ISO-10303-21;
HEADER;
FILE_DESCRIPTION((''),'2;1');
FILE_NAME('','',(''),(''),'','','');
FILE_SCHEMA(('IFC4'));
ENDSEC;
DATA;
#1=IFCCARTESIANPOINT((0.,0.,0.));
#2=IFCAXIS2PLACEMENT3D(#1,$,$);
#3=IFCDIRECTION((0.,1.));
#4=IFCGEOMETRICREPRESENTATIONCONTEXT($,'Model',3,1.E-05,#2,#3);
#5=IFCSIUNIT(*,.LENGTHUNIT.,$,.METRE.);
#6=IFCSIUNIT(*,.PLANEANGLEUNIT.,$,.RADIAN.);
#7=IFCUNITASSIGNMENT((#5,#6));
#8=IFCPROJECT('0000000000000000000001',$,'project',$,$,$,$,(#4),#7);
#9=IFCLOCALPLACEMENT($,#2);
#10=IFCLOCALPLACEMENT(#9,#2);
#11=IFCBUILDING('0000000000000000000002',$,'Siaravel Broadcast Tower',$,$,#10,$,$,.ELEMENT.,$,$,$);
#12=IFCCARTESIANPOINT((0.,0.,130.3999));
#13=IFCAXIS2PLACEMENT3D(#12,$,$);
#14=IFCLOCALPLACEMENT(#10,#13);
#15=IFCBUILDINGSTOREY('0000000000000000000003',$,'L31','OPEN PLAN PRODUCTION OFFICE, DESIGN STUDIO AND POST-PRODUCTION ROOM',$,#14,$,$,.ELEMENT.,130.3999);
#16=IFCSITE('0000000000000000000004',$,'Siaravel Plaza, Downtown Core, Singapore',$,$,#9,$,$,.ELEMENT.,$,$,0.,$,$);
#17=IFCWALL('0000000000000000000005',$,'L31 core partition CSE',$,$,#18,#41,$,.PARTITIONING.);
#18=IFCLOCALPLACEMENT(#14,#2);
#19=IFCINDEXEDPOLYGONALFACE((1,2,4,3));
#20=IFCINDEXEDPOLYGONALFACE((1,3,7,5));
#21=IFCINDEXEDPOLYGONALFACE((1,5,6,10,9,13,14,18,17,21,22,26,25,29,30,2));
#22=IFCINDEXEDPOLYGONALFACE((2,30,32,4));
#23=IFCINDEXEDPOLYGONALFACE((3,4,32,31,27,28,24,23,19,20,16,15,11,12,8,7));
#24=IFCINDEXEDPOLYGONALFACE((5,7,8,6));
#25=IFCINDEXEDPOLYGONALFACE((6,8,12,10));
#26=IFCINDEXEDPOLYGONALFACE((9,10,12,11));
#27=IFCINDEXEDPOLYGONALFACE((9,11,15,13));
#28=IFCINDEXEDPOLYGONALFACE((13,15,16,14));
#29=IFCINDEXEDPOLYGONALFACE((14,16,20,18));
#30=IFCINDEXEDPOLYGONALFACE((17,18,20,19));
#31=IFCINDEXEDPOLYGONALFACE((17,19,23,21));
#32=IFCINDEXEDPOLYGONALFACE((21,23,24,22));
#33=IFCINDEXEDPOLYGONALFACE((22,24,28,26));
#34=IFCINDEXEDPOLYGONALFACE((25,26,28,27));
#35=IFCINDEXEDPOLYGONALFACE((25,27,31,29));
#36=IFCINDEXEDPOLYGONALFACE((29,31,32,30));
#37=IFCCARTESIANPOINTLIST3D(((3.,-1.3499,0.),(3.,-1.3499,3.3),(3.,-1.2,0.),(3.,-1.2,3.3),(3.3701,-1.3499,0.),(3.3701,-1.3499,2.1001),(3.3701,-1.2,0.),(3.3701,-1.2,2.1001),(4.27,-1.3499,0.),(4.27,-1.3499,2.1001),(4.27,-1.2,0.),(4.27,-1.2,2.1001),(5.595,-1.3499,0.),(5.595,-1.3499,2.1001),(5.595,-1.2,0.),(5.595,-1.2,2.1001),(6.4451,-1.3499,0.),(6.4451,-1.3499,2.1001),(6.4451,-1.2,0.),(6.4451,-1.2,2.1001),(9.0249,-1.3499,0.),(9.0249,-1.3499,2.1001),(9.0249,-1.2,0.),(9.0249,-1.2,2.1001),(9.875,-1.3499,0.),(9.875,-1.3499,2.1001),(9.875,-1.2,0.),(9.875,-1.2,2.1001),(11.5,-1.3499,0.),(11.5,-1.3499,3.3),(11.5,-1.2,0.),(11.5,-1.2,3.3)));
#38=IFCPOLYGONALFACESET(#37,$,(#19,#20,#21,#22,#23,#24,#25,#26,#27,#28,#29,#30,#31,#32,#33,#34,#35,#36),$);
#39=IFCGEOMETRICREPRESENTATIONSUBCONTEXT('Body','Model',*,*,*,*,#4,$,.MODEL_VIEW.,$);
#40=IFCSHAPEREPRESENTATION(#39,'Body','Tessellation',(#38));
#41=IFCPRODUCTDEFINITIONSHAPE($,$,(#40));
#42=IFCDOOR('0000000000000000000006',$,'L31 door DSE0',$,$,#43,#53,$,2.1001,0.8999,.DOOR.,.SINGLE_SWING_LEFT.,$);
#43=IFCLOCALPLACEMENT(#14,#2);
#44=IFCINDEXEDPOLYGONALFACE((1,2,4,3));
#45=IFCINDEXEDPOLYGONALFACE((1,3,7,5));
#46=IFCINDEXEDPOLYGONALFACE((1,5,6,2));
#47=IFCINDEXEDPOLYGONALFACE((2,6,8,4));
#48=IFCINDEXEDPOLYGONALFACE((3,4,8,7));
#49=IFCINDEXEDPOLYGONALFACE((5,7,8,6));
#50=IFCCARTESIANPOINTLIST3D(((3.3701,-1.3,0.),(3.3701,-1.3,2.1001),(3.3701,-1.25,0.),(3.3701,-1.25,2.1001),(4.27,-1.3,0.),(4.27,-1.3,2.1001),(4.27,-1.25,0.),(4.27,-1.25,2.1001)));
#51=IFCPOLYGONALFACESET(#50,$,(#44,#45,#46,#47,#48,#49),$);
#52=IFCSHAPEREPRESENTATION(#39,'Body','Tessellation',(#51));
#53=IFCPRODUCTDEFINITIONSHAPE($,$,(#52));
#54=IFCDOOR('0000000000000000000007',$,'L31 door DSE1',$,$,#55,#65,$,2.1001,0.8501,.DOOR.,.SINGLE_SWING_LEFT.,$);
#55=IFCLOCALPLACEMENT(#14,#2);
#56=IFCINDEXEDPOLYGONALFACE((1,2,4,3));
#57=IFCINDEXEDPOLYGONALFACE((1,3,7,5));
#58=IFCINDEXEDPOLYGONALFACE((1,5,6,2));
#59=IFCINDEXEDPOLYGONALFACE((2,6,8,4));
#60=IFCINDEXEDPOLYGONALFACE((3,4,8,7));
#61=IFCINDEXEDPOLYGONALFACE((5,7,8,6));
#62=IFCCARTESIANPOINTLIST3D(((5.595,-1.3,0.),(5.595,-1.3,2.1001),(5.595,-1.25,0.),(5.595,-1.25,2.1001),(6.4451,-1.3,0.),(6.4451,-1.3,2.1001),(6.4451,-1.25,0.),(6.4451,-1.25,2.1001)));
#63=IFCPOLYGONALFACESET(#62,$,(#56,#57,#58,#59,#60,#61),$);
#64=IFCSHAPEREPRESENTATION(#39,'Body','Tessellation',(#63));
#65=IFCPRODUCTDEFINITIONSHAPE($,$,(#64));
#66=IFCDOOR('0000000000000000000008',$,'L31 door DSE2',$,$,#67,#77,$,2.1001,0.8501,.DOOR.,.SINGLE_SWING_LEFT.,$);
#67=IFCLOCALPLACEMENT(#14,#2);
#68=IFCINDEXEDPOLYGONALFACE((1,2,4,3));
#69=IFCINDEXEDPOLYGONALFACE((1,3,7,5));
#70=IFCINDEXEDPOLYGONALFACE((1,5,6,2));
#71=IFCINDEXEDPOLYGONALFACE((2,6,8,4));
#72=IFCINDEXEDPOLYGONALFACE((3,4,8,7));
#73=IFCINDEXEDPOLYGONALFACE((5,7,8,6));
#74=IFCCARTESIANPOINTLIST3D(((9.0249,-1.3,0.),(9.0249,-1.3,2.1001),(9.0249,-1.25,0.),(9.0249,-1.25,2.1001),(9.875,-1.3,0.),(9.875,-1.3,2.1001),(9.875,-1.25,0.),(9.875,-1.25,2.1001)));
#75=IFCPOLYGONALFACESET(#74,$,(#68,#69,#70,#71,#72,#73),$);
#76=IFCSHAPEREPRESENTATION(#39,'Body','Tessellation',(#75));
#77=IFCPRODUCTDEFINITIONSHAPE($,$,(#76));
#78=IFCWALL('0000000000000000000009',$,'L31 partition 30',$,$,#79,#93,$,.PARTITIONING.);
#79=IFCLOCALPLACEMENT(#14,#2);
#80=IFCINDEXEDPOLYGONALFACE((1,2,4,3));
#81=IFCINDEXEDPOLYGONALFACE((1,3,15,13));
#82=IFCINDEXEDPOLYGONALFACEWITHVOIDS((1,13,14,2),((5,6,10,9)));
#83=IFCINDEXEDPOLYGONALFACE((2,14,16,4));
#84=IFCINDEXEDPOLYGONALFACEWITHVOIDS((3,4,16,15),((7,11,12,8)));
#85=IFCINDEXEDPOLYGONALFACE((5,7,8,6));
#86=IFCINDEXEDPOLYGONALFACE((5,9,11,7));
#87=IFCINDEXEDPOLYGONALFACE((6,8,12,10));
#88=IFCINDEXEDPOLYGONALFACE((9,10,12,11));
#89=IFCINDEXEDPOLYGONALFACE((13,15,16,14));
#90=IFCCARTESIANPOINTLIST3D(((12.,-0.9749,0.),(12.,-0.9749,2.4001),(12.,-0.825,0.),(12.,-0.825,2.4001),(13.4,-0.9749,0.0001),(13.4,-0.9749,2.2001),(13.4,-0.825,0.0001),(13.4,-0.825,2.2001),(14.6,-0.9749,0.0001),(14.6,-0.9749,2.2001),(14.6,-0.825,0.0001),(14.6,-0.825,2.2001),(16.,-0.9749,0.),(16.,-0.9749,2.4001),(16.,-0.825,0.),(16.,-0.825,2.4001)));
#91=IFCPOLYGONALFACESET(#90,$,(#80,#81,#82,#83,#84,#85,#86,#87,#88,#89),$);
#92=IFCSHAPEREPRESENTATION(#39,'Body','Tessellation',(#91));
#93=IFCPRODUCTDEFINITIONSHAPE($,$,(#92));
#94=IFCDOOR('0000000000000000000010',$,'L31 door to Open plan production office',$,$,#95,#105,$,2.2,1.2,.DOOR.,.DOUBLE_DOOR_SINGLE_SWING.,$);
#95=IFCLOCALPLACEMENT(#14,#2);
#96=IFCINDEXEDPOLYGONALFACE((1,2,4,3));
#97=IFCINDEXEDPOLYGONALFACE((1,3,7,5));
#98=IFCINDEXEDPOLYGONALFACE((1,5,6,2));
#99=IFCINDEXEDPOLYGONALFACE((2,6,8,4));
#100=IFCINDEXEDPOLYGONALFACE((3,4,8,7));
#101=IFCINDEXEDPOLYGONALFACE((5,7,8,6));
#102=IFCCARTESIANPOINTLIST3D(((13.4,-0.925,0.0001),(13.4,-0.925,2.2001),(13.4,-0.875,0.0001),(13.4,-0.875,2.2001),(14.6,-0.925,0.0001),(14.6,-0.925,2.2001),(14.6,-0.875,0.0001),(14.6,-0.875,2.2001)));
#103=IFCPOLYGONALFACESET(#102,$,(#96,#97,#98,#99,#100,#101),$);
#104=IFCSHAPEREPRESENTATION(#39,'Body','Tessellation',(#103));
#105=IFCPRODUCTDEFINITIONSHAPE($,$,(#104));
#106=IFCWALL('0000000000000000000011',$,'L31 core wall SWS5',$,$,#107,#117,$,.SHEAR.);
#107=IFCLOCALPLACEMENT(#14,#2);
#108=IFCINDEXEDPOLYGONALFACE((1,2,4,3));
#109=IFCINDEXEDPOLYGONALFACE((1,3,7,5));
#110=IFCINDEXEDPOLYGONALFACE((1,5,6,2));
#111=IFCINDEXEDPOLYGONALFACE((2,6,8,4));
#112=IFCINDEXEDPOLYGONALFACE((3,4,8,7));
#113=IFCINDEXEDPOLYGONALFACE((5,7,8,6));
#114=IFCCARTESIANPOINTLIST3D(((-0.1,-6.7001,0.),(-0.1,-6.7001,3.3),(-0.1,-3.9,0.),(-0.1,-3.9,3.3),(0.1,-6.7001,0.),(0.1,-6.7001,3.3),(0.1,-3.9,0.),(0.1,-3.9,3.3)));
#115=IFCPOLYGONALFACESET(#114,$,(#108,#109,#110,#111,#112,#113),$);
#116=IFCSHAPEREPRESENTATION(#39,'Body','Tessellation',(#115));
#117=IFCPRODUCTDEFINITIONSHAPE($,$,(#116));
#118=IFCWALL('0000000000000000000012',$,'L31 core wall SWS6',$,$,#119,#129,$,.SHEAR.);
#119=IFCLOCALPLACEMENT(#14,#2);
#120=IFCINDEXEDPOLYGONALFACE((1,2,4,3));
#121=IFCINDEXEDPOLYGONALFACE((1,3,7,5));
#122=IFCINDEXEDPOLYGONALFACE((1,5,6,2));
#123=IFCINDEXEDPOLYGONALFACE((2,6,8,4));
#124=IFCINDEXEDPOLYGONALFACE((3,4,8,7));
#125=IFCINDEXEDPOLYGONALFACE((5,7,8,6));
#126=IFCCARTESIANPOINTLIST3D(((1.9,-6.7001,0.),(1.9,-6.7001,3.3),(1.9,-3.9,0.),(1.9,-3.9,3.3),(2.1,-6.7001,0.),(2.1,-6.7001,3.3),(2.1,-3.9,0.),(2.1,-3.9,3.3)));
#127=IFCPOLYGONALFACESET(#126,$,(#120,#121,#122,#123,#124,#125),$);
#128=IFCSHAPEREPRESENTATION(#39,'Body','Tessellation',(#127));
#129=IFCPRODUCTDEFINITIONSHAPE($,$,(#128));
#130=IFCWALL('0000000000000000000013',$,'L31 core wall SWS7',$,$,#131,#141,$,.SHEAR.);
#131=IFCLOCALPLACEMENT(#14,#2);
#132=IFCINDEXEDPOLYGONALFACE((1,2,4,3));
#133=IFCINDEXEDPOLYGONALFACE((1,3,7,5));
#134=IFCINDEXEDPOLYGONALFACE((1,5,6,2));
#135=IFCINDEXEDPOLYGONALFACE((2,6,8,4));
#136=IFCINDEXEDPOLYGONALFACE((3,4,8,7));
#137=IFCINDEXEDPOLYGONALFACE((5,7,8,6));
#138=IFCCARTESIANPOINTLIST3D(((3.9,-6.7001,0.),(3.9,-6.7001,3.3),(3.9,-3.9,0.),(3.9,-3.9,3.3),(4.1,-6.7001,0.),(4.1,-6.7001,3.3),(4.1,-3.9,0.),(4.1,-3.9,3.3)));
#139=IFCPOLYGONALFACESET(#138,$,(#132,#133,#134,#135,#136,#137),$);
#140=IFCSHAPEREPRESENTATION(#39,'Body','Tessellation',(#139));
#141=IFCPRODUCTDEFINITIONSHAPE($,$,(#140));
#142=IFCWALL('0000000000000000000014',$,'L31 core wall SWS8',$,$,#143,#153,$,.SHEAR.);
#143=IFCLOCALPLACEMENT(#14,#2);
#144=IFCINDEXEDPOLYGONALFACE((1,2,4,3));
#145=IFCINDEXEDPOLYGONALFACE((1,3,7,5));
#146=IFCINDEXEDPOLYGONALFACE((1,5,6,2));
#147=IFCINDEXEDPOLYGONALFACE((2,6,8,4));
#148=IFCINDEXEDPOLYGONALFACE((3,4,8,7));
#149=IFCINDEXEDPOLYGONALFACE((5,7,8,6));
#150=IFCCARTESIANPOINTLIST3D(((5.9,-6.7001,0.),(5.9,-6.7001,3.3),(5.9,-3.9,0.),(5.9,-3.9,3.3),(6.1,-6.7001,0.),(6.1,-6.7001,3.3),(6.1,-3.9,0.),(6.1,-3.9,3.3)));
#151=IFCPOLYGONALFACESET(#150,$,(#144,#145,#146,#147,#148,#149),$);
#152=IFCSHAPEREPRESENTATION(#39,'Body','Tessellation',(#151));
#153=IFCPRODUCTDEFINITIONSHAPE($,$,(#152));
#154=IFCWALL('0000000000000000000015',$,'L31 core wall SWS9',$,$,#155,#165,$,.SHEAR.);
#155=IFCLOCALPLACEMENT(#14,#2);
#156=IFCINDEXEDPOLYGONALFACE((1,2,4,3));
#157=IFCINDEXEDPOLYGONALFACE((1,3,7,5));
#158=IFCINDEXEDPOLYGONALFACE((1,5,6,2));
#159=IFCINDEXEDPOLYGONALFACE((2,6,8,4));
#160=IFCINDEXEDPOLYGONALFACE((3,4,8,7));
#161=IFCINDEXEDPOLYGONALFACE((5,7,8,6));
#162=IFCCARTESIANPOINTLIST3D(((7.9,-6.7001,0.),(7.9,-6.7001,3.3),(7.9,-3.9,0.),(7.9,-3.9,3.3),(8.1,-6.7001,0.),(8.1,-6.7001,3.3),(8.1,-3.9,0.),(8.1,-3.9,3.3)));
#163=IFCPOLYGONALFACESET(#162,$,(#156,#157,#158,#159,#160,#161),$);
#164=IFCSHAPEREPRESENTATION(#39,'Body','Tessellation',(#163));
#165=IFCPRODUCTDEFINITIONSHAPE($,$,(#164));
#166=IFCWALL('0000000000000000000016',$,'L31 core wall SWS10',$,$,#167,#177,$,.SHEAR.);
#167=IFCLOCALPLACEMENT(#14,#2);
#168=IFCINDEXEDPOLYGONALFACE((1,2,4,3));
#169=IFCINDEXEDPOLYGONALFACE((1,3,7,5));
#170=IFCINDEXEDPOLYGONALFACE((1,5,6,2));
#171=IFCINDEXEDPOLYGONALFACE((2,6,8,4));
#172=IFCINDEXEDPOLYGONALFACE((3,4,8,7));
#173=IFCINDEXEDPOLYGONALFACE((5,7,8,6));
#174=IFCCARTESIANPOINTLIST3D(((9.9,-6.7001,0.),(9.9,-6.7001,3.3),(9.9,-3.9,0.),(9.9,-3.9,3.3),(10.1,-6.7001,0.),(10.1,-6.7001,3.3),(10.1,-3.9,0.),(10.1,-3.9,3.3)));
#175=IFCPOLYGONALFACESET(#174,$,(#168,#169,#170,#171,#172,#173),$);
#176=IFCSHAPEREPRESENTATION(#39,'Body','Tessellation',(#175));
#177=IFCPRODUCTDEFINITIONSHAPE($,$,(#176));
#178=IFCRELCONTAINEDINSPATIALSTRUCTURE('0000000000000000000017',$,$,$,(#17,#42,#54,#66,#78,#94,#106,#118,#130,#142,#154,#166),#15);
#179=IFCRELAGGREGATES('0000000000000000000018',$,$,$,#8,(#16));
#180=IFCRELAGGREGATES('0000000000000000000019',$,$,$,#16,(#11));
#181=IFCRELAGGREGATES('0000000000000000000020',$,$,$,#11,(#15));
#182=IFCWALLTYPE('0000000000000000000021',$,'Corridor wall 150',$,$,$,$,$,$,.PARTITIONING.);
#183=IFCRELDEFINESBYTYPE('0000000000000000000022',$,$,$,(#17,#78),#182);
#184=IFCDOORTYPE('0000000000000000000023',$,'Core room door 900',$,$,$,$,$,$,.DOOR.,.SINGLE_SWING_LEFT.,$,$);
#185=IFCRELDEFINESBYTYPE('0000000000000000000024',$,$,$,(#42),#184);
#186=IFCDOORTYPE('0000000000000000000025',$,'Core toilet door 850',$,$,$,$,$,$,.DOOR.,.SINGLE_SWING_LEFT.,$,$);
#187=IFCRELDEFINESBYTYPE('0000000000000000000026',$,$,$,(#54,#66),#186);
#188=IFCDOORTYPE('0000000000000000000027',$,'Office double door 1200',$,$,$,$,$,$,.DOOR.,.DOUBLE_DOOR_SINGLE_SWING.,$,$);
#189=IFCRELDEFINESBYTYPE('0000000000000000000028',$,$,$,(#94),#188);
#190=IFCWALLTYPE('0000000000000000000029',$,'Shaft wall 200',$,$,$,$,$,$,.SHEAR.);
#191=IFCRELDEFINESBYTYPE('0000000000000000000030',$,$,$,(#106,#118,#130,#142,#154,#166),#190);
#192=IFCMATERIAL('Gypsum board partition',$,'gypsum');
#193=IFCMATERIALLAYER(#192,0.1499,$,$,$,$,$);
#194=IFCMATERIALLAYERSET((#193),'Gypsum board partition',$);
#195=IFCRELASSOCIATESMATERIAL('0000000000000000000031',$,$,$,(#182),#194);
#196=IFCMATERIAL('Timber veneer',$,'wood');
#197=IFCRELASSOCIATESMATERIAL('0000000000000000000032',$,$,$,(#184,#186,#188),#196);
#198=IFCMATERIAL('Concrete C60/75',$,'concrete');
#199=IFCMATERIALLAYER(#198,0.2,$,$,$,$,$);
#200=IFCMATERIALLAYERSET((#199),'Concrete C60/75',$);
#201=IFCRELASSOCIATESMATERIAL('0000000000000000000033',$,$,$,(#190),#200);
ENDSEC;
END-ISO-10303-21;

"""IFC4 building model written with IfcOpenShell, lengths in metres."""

from ifc_helpers import new_model, si_unit, direction, frame, frame_2d, origin, place, context, subcontext, project, spatial, rectangle, extrude, material, layer, layer_set, type_object, element, fill, save


model = new_model("IFC4")

# Units and contexts
model_context = context("Model", 3, precision=1e-05, world=origin(), true_north=direction((0.0, 1.0)))
body_context = subcontext(model_context, "Body", "Model", "MODEL_VIEW")
ifc_project = project(units=[si_unit("LENGTHUNIT", "METRE"), si_unit("PLANEANGLEUNIT", "RADIAN")], contexts=[model_context])

# Site, building, storey
site_placement = place(None, origin())
site = spatial("IfcSite", under=ifc_project, at=site_placement, Name="Siaravel Plaza, Downtown Core, Singapore", CompositionType="ELEMENT", RefElevation=0.0)
building_placement = place(site_placement, origin())
building = spatial("IfcBuilding", under=site, at=building_placement, Name="Siaravel Broadcast Tower", CompositionType="ELEMENT")
storey_placement = place(building_placement, frame((0.0, 0.0, 130.3999)))
storey = spatial("IfcBuildingStorey", under=building, at=storey_placement, Name="L31", Description="OPEN PLAN PRODUCTION OFFICE, DESIGN STUDIO AND POST-PRODUCTION ROOM", CompositionType="ELEMENT", Elevation=130.3999)

# Wall, openings, doors
ifc_material_1 = material(Name="Gypsum board partition", Category="gypsum")
ifc_layer_1 = layer(ifc_material_1, 0.1499)
ifc_layer_set_1 = layer_set([ifc_layer_1], Name="Gypsum board partition")
wall_type_1 = type_object("IfcWallType", Name="Corridor wall 150", PredefinedType="PARTITIONING", material=ifc_layer_set_1)
wall_1_placement = place(storey_placement, frame((3.0, -1.2749, 0.0), z_axis=(0.0, 0.0, 1.0), x_axis=(1.0, 0.0, 0.0)))
wall_1 = element("IfcWall", 1, at=wall_1_placement, inside=storey, type_object=wall_type_1, Name="L31 core partition CSE", PredefinedType="PARTITIONING", context=body_context, shape_type="SweptSolid", body=[
    extrude(rectangle(XDim=8.5, YDim=0.1499, at=frame_2d((4.25, 0.0))), origin(), (0.0, 0.0, 1.0), 3.3),
])
opening_1_placement = place(wall_1_placement, frame((0.3701, 0.0, 0.0)))
opening_1 = element("IfcOpeningElement", 2, at=opening_1_placement, cuts=wall_1, PredefinedType="OPENING", context=body_context, shape_type="SweptSolid", body=[
    extrude(rectangle(XDim=0.8999, YDim=2.1001, at=frame_2d((0.45, 1.05))), frame((0.0, 0.085, 0.0), z_axis=(0.0, -1.0, 0.0), x_axis=(1.0, 0.0, 0.0)), (0.0, 0.0, 1.0), 0.1699),
])
opening_2_placement = place(wall_1_placement, frame((2.595, 0.0, 0.0)))
opening_2 = element("IfcOpeningElement", 3, at=opening_2_placement, cuts=wall_1, PredefinedType="OPENING", context=body_context, shape_type="SweptSolid", body=[
    extrude(rectangle(XDim=0.8501, YDim=2.1001, at=frame_2d((0.425, 1.05))), frame((0.0, 0.085, 0.0), z_axis=(0.0, -1.0, 0.0), x_axis=(1.0, 0.0, 0.0)), (0.0, 0.0, 1.0), 0.1699),
])
opening_3_placement = place(wall_1_placement, frame((6.0249, 0.0, 0.0)))
opening_3 = element("IfcOpeningElement", 4, at=opening_3_placement, cuts=wall_1, PredefinedType="OPENING", context=body_context, shape_type="SweptSolid", body=[
    extrude(rectangle(XDim=0.8501, YDim=2.1001, at=frame_2d((0.425, 1.05))), frame((0.0, 0.085, 0.0), z_axis=(0.0, -1.0, 0.0), x_axis=(1.0, 0.0, 0.0)), (0.0, 0.0, 1.0), 0.1699),
])
ifc_material_2 = material(Name="Timber veneer", Category="wood")
door_type_1 = type_object("IfcDoorType", Name="Core room door 900", OperationType="SINGLE_SWING_LEFT", PredefinedType="DOOR", material=ifc_material_2)
door_1_placement = place(opening_1_placement, origin())
door_1 = element("IfcDoor", 5, at=door_1_placement, inside=storey, type_object=door_type_1, Name="L31 door DSE0", OperationType="SINGLE_SWING_LEFT", OverallHeight=2.1001, OverallWidth=0.8999, PredefinedType="DOOR", context=body_context, shape_type="SweptSolid", body=[
    extrude(rectangle(XDim=0.8999, YDim=2.1001, at=frame_2d((0.45, 1.05))), frame((0.0, 0.0249, 0.0), z_axis=(0.0, -1.0, 0.0), x_axis=(1.0, 0.0, 0.0)), (0.0, 0.0, 1.0), 0.05),
])
fill(opening_1, door_1)
door_type_2 = type_object("IfcDoorType", Name="Core toilet door 850", OperationType="SINGLE_SWING_LEFT", PredefinedType="DOOR", material=ifc_material_2)
door_2_placement = place(opening_2_placement, origin())
door_2 = element("IfcDoor", 6, at=door_2_placement, inside=storey, type_object=door_type_2, Name="L31 door DSE1", OperationType="SINGLE_SWING_LEFT", OverallHeight=2.1001, OverallWidth=0.8501, PredefinedType="DOOR", context=body_context, shape_type="SweptSolid", body=[
    extrude(rectangle(XDim=0.8501, YDim=2.1001, at=frame_2d((0.425, 1.05))), frame((0.0, 0.0249, 0.0), z_axis=(0.0, -1.0, 0.0), x_axis=(1.0, 0.0, 0.0)), (0.0, 0.0, 1.0), 0.05),
])
fill(opening_2, door_2)
door_3_placement = place(opening_3_placement, origin())
door_3 = element("IfcDoor", 7, at=door_3_placement, inside=storey, type_object=door_type_2, Name="L31 door DSE2", OperationType="SINGLE_SWING_LEFT", OverallHeight=2.1001, OverallWidth=0.8501, PredefinedType="DOOR", context=body_context, shape_type="SweptSolid", body=[
    extrude(rectangle(XDim=0.8501, YDim=2.1001, at=frame_2d((0.425, 1.05))), frame((0.0, 0.0249, 0.0), z_axis=(0.0, -1.0, 0.0), x_axis=(1.0, 0.0, 0.0)), (0.0, 0.0, 1.0), 0.05),
])
fill(opening_3, door_3)

# Wall, opening, door
wall_2_placement = place(storey_placement, frame((12.0, -0.8999, 0.0), z_axis=(0.0, 0.0, 1.0), x_axis=(1.0, 0.0, 0.0)))
wall_2 = element("IfcWall", 8, at=wall_2_placement, inside=storey, type_object=wall_type_1, Name="L31 partition 30", PredefinedType="PARTITIONING", context=body_context, shape_type="SweptSolid", body=[
    extrude(rectangle(XDim=4.0, YDim=0.1499, at=frame_2d((2.0, 0.0))), origin(), (0.0, 0.0, 1.0), 2.4001),
])
opening_4_placement = place(wall_2_placement, frame((1.3999, 0.0, 0.0)))
opening_4 = element("IfcOpeningElement", 9, at=opening_4_placement, cuts=wall_2, PredefinedType="OPENING", context=body_context, shape_type="SweptSolid", body=[
    extrude(rectangle(XDim=1.2, YDim=2.2, at=frame_2d((0.6001, 1.1001))), frame((0.0, 0.085, 0.0), z_axis=(0.0, -1.0, 0.0), x_axis=(1.0, 0.0, 0.0)), (0.0, 0.0, 1.0), 0.1699),
])
door_type_3 = type_object("IfcDoorType", Name="Office double door 1200", OperationType="DOUBLE_DOOR_SINGLE_SWING", PredefinedType="DOOR", material=ifc_material_2)
door_4_placement = place(opening_4_placement, origin())
door_4 = element("IfcDoor", 10, at=door_4_placement, inside=storey, type_object=door_type_3, Name="L31 door to Open plan production office", OperationType="DOUBLE_DOOR_SINGLE_SWING", OverallHeight=2.2, OverallWidth=1.2, PredefinedType="DOOR", context=body_context, shape_type="SweptSolid", body=[
    extrude(rectangle(XDim=1.2, YDim=2.2, at=frame_2d((0.6001, 1.1001))), frame((0.0, 0.0249, 0.0), z_axis=(0.0, -1.0, 0.0), x_axis=(1.0, 0.0, 0.0)), (0.0, 0.0, 1.0), 0.05),
])
fill(opening_4, door_4)

# Walls
ifc_material_3 = material(Name="Concrete C60/75", Category="concrete")
ifc_layer_2 = layer(ifc_material_3, 0.2)
ifc_layer_set_2 = layer_set([ifc_layer_2], Name="Concrete C60/75")
wall_type_2 = type_object("IfcWallType", Name="Shaft wall 200", PredefinedType="SHEAR", material=ifc_layer_set_2)
for number, where, z_axis, x_axis, name in (
    (11, (0.0, -6.7, 0.0), (0.0, 0.0, 1.0), (0.0, 1.0, 0.0), "L31 core wall SWS5"),
    (12, (2.0, -6.7, 0.0), (0.0, 0.0, 1.0), (0.0, 1.0, 0.0), "L31 core wall SWS6"),
    (13, (4.0, -6.7, 0.0), (0.0, 0.0, 1.0), (0.0, 1.0, 0.0), "L31 core wall SWS7"),
    (14, (6.0, -6.7, 0.0), (0.0, 0.0, 1.0), (0.0, 1.0, 0.0), "L31 core wall SWS8"),
    (15, (8.0, -6.7, 0.0), (0.0, 0.0, 1.0), (0.0, 1.0, 0.0), "L31 core wall SWS9"),
    (16, (10.0, -6.7, 0.0), (0.0, 0.0, 1.0), (0.0, 1.0, 0.0), "L31 core wall SWS10"),
):
    element("IfcWall", number, at=place(storey_placement, frame(where, z_axis=z_axis, x_axis=x_axis)), inside=storey, type_object=wall_type_2, Name=name, PredefinedType="SHEAR", context=body_context, shape_type="SweptSolid", body=[
        extrude(rectangle(XDim=2.8, YDim=0.2, at=frame_2d((1.3999, 0.0))), origin(), (0.0, 0.0, 1.0), 3.3),
    ])

save(model, "model.ifc")
